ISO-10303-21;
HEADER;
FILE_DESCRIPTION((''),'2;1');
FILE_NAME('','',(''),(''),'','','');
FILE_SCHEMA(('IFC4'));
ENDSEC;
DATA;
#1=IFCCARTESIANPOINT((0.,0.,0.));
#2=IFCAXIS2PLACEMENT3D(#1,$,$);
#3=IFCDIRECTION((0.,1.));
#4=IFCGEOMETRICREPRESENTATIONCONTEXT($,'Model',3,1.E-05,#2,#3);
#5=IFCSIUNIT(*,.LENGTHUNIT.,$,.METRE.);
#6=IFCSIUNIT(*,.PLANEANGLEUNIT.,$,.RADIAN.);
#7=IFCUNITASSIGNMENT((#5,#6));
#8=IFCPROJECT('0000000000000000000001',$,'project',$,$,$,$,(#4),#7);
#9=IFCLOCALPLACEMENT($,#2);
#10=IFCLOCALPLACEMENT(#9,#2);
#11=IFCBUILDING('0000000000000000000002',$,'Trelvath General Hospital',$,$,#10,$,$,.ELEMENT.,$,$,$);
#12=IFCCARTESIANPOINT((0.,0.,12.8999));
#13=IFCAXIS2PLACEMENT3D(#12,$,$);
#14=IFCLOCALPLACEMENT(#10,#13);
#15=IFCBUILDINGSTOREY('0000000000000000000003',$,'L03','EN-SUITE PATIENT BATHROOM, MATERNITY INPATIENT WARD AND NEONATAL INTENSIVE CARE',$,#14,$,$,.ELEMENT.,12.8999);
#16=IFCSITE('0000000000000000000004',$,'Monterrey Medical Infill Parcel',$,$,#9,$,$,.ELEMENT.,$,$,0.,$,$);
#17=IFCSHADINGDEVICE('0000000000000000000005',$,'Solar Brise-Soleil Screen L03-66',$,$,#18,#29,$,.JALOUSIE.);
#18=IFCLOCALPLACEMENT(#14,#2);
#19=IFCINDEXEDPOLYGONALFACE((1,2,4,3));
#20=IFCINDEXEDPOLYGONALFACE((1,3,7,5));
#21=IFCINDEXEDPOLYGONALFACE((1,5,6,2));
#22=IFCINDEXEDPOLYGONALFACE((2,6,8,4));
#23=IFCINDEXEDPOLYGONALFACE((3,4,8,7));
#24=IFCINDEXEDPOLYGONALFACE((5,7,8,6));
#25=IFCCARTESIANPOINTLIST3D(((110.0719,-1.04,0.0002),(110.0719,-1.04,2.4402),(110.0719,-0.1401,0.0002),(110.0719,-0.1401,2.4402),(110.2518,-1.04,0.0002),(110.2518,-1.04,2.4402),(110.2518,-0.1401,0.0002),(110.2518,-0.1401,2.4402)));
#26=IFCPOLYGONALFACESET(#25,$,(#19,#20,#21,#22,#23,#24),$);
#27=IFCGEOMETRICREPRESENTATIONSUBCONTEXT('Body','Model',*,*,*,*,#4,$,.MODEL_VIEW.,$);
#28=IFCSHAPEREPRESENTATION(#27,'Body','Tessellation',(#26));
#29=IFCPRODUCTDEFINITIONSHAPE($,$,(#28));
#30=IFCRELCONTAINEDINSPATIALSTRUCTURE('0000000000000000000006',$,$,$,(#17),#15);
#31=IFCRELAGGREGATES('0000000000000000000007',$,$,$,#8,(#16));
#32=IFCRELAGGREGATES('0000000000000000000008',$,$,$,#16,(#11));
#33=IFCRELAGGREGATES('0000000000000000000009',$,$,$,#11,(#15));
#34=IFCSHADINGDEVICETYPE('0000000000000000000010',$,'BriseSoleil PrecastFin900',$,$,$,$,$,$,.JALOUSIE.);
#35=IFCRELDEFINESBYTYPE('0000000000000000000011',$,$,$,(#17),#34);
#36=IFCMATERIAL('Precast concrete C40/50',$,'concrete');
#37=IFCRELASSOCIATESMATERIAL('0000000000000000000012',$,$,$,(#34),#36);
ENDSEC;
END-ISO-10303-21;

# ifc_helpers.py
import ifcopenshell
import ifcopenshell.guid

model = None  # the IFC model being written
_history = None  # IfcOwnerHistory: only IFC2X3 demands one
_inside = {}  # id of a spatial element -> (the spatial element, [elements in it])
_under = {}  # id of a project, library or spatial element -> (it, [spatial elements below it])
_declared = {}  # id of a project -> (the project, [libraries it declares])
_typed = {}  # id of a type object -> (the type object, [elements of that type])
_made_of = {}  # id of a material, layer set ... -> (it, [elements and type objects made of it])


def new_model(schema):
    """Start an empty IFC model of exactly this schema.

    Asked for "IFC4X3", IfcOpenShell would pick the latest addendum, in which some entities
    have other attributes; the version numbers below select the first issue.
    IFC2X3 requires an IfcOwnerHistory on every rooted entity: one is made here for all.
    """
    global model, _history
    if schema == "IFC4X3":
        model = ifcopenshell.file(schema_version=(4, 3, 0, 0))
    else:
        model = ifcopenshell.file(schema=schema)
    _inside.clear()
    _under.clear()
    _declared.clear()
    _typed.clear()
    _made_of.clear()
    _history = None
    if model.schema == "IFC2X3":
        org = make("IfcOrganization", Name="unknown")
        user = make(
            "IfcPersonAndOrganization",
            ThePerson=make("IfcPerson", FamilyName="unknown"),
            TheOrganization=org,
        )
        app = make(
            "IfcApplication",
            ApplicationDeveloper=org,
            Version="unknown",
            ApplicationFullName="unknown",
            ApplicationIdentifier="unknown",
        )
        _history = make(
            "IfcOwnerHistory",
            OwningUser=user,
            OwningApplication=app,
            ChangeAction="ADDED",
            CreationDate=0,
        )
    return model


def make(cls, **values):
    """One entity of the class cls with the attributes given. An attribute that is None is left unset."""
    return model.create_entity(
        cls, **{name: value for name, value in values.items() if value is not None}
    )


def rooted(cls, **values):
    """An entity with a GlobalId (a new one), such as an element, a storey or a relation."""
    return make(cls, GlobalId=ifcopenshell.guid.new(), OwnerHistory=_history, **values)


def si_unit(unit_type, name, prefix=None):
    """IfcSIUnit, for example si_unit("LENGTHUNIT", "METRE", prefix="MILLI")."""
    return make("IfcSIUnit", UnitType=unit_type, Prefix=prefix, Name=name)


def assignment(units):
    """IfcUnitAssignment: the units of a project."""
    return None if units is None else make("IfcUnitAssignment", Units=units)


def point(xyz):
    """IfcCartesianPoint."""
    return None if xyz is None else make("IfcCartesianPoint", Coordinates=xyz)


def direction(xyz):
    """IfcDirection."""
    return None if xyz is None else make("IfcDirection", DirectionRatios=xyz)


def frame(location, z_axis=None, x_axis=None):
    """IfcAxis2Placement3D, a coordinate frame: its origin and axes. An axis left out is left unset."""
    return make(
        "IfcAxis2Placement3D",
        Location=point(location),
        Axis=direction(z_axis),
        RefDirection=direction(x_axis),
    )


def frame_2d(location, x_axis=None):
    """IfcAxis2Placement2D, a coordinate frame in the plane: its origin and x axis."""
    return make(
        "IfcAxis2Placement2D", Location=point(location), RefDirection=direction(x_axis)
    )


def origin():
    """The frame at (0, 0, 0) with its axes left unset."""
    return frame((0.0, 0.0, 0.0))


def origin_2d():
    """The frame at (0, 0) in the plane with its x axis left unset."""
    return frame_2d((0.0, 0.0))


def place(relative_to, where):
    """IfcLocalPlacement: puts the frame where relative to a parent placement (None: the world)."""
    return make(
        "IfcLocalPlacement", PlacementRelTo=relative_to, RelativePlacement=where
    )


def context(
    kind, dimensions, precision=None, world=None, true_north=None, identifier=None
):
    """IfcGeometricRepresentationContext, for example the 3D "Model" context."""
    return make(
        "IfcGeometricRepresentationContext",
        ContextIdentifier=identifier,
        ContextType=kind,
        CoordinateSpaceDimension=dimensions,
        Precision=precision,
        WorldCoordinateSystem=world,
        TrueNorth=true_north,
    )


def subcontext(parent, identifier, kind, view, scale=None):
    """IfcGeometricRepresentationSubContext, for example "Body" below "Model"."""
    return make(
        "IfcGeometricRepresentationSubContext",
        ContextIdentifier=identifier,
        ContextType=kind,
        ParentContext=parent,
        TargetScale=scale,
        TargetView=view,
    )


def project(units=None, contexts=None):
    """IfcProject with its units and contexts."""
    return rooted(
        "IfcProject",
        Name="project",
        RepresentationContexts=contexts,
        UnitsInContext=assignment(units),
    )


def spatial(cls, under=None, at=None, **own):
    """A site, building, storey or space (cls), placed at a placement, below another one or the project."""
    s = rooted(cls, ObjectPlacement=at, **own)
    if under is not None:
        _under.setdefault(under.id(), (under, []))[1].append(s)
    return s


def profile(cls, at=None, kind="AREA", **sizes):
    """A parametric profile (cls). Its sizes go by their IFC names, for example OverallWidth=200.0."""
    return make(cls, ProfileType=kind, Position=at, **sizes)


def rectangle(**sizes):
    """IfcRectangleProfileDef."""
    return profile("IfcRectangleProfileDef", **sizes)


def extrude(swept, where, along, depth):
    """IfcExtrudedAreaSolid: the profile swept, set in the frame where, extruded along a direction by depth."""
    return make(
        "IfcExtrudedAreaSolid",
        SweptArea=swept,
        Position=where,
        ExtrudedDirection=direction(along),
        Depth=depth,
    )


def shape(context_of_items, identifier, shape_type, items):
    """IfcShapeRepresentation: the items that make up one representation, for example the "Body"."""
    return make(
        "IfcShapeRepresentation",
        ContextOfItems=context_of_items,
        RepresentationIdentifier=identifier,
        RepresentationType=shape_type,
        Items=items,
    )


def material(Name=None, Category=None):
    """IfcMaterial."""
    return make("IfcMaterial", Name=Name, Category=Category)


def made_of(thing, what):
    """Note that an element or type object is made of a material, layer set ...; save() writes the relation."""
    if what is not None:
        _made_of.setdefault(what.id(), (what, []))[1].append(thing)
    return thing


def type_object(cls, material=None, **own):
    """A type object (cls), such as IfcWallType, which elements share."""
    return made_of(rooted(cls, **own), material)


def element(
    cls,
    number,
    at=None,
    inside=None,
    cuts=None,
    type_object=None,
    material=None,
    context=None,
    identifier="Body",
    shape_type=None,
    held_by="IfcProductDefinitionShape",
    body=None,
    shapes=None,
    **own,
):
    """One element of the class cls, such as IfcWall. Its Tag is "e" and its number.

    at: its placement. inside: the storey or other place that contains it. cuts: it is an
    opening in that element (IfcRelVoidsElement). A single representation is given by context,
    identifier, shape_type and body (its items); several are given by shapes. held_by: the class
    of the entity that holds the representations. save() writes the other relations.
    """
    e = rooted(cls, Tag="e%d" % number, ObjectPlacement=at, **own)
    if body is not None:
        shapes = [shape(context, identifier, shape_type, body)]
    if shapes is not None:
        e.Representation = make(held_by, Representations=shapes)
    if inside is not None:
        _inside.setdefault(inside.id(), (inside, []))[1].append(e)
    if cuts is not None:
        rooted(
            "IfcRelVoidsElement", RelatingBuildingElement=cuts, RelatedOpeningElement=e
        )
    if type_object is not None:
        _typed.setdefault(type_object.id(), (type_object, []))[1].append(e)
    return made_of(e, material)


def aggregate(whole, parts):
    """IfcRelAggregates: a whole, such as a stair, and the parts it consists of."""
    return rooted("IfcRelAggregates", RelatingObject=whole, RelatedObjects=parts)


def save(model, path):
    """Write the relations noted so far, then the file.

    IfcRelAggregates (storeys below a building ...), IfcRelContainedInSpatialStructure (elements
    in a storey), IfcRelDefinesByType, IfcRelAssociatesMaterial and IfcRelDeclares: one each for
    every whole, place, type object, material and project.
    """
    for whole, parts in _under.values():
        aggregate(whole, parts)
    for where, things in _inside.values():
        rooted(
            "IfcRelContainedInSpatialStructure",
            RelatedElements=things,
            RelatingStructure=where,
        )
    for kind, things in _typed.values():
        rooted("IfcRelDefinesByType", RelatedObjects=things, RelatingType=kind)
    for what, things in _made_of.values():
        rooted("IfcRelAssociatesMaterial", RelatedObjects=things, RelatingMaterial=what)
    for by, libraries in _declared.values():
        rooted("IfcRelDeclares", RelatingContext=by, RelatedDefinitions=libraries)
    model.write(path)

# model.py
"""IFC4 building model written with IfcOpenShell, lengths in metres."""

from ifc_helpers import new_model, si_unit, direction, frame, origin, origin_2d, place, context, subcontext, project, spatial, rectangle, extrude, material, type_object, element, save


model = new_model("IFC4")

# Units and contexts
model_context = context("Model", 3, precision=1e-05, world=origin(), true_north=direction((0.0, 1.0)))
body_context = subcontext(model_context, "Body", "Model", "MODEL_VIEW")
ifc_project = project(units=[si_unit("LENGTHUNIT", "METRE"), si_unit("PLANEANGLEUNIT", "RADIAN")], contexts=[model_context])

# Site, building, storey
site_placement = place(None, origin())
site = spatial("IfcSite", under=ifc_project, at=site_placement, Name="Monterrey Medical Infill Parcel", CompositionType="ELEMENT", RefElevation=0.0)
building_placement = place(site_placement, origin())
building = spatial("IfcBuilding", under=site, at=building_placement, Name="Trelvath General Hospital", CompositionType="ELEMENT")
storey_placement = place(building_placement, frame((0.0, 0.0, 12.8999)))
storey = spatial("IfcBuildingStorey", under=building, at=storey_placement, Name="L03", Description="EN-SUITE PATIENT BATHROOM, MATERNITY INPATIENT WARD AND NEONATAL INTENSIVE CARE", CompositionType="ELEMENT", Elevation=12.8999)

# Shading device
ifc_material_1 = material(Name="Precast concrete C40/50", Category="concrete")
shading_device_type = type_object("IfcShadingDeviceType", Name="BriseSoleil PrecastFin900", PredefinedType="JALOUSIE", material=ifc_material_1)
shading_device_placement = place(storey_placement, frame((110.1619, -0.5901, 0.0002), z_axis=(0.0, 0.0, 1.0), x_axis=(0.0, -1.0, 0.0)))
element("IfcShadingDevice", 1, at=shading_device_placement, inside=storey, type_object=shading_device_type, Name="Solar Brise-Soleil Screen L03-66", PredefinedType="JALOUSIE", context=body_context, shape_type="SweptSolid", body=[
    extrude(rectangle(XDim=0.8999, YDim=0.1799, at=origin_2d()), origin(), (0.0, 0.0, 1.0), 2.4399),
])

save(model, "model.ifc")
